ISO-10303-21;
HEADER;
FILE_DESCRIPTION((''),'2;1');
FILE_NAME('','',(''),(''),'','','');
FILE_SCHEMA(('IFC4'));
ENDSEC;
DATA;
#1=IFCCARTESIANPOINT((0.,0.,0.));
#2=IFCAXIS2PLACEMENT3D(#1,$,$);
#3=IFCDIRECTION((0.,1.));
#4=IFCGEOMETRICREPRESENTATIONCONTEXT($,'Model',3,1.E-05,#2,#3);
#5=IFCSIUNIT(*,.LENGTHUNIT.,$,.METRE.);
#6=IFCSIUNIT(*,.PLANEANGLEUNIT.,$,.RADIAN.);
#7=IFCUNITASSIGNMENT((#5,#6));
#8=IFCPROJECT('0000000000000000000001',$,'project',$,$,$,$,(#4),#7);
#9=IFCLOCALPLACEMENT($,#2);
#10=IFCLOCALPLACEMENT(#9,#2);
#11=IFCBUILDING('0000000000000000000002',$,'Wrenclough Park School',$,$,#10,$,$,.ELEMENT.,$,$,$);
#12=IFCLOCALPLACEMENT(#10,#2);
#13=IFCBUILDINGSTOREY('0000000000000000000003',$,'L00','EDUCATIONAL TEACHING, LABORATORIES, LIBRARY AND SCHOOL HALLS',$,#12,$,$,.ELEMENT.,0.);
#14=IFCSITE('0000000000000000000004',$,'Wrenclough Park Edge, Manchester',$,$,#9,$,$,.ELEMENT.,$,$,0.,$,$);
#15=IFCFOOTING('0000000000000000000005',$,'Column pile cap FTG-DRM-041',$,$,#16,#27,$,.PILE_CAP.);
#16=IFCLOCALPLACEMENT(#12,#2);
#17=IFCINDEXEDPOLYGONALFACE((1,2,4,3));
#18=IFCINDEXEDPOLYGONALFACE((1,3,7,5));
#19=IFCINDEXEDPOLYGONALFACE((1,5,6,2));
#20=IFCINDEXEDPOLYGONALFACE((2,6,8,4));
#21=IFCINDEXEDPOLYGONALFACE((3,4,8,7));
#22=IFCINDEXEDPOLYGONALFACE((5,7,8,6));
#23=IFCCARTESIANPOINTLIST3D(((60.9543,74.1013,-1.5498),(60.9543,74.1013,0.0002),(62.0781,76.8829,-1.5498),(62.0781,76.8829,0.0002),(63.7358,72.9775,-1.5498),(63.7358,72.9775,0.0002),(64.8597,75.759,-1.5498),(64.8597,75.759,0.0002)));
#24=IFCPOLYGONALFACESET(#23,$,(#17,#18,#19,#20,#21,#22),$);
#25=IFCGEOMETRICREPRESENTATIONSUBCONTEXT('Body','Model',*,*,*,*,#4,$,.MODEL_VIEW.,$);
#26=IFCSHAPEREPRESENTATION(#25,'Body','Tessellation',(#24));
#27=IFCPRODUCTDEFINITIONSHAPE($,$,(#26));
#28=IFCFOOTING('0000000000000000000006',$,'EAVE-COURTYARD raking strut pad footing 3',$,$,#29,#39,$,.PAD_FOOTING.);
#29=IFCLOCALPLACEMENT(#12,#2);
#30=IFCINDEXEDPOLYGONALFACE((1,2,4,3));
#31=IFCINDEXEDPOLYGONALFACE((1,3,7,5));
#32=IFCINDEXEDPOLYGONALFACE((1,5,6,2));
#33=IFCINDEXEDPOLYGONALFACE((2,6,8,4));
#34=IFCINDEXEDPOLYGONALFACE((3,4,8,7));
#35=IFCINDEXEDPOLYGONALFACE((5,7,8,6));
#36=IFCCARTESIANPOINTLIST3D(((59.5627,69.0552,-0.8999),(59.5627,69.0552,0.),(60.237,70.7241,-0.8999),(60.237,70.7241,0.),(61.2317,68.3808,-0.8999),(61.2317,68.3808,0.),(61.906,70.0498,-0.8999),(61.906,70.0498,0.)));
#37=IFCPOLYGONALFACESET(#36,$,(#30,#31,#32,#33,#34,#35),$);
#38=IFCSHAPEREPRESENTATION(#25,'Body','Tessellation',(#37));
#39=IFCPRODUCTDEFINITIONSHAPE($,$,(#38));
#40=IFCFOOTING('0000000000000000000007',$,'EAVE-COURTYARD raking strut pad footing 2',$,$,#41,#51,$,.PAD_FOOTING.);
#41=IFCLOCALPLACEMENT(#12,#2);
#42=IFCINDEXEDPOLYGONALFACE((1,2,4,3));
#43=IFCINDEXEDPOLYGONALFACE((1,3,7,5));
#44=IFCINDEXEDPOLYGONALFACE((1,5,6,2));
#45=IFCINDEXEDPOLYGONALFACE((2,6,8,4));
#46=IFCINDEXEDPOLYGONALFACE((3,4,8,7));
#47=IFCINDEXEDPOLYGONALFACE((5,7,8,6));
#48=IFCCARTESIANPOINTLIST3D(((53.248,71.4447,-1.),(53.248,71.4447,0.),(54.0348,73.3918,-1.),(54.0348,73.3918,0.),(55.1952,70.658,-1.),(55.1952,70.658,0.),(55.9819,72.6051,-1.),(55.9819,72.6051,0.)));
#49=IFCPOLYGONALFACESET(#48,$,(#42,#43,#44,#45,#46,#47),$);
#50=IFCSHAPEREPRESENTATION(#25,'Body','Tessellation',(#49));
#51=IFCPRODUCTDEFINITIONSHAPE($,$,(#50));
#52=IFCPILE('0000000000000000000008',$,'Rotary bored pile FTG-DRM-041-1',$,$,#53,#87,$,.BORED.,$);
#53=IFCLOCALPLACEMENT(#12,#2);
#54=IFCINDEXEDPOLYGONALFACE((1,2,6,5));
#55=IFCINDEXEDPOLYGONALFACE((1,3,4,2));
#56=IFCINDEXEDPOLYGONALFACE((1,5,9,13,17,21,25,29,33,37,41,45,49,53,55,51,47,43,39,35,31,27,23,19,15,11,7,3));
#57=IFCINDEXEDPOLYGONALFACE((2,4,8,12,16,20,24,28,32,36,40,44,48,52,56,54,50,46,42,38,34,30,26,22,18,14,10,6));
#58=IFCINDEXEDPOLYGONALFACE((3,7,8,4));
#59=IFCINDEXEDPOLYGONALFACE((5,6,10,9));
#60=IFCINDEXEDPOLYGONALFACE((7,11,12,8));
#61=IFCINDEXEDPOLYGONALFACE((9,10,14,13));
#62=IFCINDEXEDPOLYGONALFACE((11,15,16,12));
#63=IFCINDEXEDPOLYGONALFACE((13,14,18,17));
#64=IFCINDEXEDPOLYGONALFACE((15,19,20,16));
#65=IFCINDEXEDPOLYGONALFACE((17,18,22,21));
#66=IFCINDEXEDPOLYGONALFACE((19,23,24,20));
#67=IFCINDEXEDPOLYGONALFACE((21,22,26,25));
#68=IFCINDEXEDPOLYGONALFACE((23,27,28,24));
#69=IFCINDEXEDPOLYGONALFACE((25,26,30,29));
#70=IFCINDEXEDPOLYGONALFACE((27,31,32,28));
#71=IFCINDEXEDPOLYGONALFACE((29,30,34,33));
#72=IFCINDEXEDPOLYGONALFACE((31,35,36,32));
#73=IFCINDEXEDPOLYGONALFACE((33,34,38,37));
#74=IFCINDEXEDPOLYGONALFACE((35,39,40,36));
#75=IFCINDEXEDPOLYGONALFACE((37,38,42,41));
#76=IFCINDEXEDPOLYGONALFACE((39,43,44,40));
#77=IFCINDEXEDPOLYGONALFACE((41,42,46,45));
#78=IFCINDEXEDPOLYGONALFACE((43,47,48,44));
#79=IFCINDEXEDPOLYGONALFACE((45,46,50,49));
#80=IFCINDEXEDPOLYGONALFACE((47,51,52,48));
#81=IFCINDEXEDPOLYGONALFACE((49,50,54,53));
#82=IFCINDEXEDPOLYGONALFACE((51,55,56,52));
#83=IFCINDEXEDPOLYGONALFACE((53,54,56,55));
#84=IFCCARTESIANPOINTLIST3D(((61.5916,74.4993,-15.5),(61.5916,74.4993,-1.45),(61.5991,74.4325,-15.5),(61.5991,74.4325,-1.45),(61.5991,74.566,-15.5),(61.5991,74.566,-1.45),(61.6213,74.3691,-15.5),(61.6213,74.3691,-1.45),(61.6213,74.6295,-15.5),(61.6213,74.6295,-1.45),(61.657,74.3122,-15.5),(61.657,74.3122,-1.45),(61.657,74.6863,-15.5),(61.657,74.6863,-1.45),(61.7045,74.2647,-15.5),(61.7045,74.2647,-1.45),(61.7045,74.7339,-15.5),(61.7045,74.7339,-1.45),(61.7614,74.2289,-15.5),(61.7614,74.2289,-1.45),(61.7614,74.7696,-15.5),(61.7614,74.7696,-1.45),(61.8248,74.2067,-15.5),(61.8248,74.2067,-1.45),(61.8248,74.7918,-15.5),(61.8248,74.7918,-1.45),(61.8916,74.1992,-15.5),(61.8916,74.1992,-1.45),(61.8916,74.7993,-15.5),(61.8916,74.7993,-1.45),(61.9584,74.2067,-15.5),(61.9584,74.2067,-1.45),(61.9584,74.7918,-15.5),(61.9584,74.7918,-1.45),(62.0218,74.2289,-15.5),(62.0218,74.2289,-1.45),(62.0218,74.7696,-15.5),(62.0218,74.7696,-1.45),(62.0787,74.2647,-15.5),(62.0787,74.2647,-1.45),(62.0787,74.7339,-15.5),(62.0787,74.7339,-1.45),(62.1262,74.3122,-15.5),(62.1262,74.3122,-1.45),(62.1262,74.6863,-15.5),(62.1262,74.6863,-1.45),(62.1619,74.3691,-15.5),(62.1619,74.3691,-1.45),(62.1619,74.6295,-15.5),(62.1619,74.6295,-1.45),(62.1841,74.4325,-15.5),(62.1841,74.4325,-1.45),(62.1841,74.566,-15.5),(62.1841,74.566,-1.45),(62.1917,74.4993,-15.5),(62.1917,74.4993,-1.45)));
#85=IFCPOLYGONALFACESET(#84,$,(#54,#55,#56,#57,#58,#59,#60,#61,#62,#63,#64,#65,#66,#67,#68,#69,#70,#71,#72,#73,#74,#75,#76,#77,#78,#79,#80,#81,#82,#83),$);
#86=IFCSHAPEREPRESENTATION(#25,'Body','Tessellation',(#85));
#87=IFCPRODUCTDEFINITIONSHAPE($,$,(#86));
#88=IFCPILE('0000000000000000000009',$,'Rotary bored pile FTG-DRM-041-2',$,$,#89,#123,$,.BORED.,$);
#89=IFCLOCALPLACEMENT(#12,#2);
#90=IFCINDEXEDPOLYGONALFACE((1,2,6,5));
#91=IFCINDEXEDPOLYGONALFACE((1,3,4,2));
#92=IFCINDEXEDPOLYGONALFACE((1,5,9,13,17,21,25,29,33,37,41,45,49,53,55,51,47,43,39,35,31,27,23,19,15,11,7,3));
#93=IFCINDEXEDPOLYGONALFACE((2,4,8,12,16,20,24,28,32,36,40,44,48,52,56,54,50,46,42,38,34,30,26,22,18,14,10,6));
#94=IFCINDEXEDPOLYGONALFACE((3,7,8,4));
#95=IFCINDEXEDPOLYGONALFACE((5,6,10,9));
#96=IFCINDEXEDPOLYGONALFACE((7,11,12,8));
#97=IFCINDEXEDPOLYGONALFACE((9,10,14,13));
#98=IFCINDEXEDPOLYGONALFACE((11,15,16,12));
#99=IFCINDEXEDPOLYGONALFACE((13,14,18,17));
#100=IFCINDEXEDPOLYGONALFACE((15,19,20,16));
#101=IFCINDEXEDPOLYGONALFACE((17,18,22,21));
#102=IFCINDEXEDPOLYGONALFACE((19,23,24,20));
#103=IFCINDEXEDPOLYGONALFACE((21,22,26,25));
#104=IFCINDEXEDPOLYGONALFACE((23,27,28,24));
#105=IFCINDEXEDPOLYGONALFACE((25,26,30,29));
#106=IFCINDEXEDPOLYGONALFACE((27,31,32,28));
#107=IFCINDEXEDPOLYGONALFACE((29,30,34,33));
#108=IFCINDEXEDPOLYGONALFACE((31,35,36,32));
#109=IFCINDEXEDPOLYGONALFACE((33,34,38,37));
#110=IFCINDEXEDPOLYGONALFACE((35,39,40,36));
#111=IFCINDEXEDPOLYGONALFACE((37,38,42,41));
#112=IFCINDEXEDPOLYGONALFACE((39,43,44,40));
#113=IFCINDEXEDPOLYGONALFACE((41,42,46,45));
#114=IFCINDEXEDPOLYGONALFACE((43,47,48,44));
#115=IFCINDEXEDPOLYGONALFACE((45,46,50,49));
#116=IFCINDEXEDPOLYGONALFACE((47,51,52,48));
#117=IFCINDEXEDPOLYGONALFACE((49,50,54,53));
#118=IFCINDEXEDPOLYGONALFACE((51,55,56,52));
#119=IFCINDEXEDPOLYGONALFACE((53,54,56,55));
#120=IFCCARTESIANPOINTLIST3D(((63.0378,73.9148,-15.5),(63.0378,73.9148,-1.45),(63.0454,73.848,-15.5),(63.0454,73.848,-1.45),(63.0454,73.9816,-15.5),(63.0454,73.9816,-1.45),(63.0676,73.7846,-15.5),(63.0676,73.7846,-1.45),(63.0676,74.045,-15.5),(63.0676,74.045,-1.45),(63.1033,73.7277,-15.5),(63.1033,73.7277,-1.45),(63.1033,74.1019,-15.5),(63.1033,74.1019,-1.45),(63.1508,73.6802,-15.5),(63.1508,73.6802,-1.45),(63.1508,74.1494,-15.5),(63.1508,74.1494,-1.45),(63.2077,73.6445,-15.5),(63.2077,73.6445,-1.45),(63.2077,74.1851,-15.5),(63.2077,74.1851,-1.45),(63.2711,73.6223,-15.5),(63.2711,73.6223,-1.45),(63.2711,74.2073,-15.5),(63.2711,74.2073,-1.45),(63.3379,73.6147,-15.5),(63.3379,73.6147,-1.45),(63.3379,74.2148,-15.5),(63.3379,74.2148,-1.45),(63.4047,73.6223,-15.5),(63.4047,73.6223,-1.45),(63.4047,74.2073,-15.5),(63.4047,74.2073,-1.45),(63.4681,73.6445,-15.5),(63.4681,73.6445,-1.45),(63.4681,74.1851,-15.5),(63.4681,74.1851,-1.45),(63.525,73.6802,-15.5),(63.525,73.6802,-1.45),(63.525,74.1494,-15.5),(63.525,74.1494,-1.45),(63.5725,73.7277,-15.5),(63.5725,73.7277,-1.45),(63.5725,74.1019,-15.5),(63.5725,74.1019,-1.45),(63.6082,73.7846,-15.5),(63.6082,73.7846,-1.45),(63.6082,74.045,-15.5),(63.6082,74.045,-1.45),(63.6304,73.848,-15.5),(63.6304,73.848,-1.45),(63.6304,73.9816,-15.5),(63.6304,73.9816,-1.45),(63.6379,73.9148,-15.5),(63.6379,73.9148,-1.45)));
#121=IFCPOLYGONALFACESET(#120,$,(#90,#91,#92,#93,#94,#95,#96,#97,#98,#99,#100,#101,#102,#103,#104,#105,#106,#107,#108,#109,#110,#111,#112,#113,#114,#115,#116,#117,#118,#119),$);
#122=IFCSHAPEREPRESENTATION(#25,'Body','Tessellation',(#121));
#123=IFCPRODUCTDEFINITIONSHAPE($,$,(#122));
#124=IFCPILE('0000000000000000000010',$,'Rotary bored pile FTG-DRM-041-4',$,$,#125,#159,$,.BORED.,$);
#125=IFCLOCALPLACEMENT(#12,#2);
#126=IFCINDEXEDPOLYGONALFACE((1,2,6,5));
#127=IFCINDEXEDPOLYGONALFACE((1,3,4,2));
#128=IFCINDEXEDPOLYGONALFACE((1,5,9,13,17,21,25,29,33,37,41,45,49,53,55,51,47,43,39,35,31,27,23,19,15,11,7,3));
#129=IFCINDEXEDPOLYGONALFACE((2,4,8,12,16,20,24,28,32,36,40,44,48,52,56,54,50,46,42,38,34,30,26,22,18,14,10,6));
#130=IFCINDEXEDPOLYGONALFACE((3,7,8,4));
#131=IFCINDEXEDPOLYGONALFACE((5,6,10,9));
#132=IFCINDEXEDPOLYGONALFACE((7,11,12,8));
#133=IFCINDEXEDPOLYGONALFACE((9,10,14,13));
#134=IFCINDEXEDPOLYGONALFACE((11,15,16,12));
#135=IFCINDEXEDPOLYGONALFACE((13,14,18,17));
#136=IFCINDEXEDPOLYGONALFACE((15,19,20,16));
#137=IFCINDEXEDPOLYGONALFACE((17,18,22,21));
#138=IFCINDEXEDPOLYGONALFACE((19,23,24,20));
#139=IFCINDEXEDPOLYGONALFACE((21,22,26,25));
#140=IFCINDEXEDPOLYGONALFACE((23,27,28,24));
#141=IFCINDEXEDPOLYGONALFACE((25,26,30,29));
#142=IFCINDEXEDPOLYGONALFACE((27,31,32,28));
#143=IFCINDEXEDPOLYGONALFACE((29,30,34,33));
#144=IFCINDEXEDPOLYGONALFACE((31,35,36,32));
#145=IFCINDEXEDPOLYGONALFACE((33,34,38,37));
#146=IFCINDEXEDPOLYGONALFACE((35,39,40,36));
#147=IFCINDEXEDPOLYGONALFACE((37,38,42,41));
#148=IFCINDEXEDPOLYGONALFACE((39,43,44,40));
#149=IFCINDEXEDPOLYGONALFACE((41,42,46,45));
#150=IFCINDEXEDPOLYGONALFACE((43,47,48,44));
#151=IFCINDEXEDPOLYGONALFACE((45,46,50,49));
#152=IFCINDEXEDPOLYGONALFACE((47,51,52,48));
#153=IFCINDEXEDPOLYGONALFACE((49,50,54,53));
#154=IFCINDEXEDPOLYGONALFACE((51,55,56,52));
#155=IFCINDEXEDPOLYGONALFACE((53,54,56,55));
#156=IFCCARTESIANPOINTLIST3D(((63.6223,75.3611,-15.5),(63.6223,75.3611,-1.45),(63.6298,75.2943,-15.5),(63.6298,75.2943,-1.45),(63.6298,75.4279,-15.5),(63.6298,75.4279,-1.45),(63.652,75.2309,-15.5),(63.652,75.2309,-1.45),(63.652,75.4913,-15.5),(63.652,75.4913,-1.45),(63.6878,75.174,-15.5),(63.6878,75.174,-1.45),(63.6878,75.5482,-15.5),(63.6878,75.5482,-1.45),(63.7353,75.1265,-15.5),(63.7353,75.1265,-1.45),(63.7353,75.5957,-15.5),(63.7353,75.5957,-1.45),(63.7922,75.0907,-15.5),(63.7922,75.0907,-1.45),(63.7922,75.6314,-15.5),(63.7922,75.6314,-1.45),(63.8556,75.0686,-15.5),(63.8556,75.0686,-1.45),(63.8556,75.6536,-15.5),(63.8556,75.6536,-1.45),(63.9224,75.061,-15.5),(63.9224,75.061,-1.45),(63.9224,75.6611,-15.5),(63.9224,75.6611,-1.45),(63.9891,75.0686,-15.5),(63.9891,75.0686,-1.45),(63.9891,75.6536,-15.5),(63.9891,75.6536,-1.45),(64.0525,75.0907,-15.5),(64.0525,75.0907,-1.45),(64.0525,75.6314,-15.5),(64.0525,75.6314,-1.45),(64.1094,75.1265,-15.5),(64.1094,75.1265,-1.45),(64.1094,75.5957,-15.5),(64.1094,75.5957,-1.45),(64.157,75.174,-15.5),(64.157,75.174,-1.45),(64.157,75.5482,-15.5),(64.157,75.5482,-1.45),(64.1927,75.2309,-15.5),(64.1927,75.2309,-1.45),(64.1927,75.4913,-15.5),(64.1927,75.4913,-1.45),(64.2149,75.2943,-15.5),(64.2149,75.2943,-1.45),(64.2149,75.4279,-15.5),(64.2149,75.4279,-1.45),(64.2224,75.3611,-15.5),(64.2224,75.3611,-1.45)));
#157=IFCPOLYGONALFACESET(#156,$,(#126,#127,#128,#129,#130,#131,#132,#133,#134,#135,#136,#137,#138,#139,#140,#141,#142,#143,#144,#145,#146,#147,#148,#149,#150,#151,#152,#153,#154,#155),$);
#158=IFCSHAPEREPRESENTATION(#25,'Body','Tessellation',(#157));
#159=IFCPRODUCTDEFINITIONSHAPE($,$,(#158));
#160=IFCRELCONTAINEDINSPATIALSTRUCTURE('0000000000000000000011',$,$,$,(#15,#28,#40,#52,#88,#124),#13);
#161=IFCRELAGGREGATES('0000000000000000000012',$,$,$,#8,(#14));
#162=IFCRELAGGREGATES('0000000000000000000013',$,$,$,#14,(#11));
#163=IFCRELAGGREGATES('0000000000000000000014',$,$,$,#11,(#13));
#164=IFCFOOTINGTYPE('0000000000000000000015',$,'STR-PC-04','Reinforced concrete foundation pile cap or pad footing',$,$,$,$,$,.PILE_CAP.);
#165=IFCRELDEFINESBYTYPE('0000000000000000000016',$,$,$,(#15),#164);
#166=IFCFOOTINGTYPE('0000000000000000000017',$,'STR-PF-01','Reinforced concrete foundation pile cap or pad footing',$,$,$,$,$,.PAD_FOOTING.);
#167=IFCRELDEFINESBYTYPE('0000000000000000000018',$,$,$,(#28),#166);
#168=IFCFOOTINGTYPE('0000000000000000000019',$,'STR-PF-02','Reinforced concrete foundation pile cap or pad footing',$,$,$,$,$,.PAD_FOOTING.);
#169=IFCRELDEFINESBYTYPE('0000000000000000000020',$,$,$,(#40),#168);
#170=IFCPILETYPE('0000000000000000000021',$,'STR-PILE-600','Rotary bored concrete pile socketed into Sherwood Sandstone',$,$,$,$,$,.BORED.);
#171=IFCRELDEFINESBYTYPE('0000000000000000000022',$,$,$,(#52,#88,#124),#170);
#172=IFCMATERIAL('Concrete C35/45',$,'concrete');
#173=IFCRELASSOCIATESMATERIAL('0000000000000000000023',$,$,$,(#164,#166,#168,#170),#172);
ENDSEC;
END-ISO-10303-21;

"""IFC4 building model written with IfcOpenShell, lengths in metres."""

from ifc_helpers import new_model, si_unit, direction, frame, origin, origin_2d, place, context, subcontext, project, spatial, rectangle, circle, extrude, material, material_profile, profile_set, type_object, element, save


model = new_model("IFC4")

# Units and contexts
model_context = context("Model", 3, precision=1e-05, world=origin(), true_north=direction((0.0, 1.0)))
body_context = subcontext(model_context, "Body", "Model", "MODEL_VIEW")
ifc_project = project(units=[si_unit("LENGTHUNIT", "METRE"), si_unit("PLANEANGLEUNIT", "RADIAN")], contexts=[model_context])

# Site, building, storey
site_placement = place(None, origin())
site = spatial("IfcSite", under=ifc_project, at=site_placement, Name="Wrenclough Park Edge, Manchester", CompositionType="ELEMENT", RefElevation=0.0)
building_placement = place(site_placement, origin())
building = spatial("IfcBuilding", under=site, at=building_placement, Name="Wrenclough Park School", CompositionType="ELEMENT")
storey_placement = place(building_placement, origin())
storey = spatial("IfcBuildingStorey", under=building, at=storey_placement, Name="L00", Description="EDUCATIONAL TEACHING, LABORATORIES, LIBRARY AND SCHOOL HALLS", CompositionType="ELEMENT", Elevation=0.0)

# Footings
ifc_material_1 = material(Name="Concrete C35/45", Category="concrete")
footing_type_1 = type_object("IfcFootingType", Name="STR-PC-04", Description="Reinforced concrete foundation pile cap or pad footing", PredefinedType="PILE_CAP", material=ifc_material_1)
footing_1_placement = place(storey_placement, frame((62.907, 74.9302, -1.5498), z_axis=(0.0, 0.0, 1.0), x_axis=(0.927184, -0.374607, 0.0)))
element("IfcFooting", 1, at=footing_1_placement, inside=storey, type_object=footing_type_1, Name="Column pile cap FTG-DRM-041", PredefinedType="PILE_CAP", context=body_context, shape_type="SweptSolid", body=[
    extrude(rectangle(XDim=3.0, YDim=3.0, at=origin_2d()), origin(), (0.0, 0.0, 1.0), 1.55),
])
footing_type_2 = type_object("IfcFootingType", Name="STR-PF-01", Description="Reinforced concrete foundation pile cap or pad footing", PredefinedType="PAD_FOOTING", material=ifc_material_1)
footing_2_placement = place(storey_placement, frame((60.7344, 69.5525, -0.8999), z_axis=(0.0, 0.0, 1.0), x_axis=(0.927184, -0.374607, 0.0)))
element("IfcFooting", 2, at=footing_2_placement, inside=storey, type_object=footing_type_2, Name="EAVE-COURTYARD raking strut pad footing 3", PredefinedType="PAD_FOOTING", context=body_context, shape_type="SweptSolid", body=[
    extrude(rectangle(XDim=1.8, YDim=1.8, at=origin_2d()), origin(), (0.0, 0.0, 1.0), 0.8999),
])
footing_type_3 = type_object("IfcFootingType", Name="STR-PF-02", Description="Reinforced concrete foundation pile cap or pad footing", PredefinedType="PAD_FOOTING", material=ifc_material_1)
footing_3_placement = place(storey_placement, frame((54.615, 72.0249, -1.0), z_axis=(0.0, 0.0, 1.0), x_axis=(0.927184, -0.374607, 0.0)))
element("IfcFooting", 3, at=footing_3_placement, inside=storey, type_object=footing_type_3, Name="EAVE-COURTYARD raking strut pad footing 2", PredefinedType="PAD_FOOTING", context=body_context, shape_type="SweptSolid", body=[
    extrude(rectangle(XDim=2.1001, YDim=2.1001, at=origin_2d()), origin(), (0.0, 0.0, 1.0), 1.0),
])

# Piles
ifc_material_profile_1 = material_profile(ifc_material_1, circle(Radius=0.3, at=origin_2d()), Name="BORED PILE D600")
ifc_profile_set_1 = profile_set([ifc_material_profile_1], Name="Concrete C35/45")
pile_type = type_object("IfcPileType", Name="STR-PILE-600", Description="Rotary bored concrete pile socketed into Sherwood Sandstone", PredefinedType="BORED", material=ifc_profile_set_1)
for number, where, z_axis, x_axis, name in (
    (4, (61.8916, 74.4993, -1.45), (0.0, 0.0, -1.0), (1.0, 0.0, 0.0), "Rotary bored pile FTG-DRM-041-1"),
    (5, (63.3379, 73.9148, -1.45), (0.0, 0.0, -1.0), (1.0, 0.0, 0.0), "Rotary bored pile FTG-DRM-041-2"),
    (6, (63.9224, 75.3611, -1.45), (0.0, 0.0, -1.0), (1.0, 0.0, 0.0), "Rotary bored pile FTG-DRM-041-4"),
):
    element("IfcPile", number, at=place(storey_placement, frame(where, z_axis=z_axis, x_axis=x_axis)), inside=storey, type_object=pile_type, Name=name, PredefinedType="BORED", context=body_context, shape_type="SweptSolid", body=[
        extrude(circle(Radius=0.3, at=origin_2d()), origin(), (0.0, 0.0, 1.0), 14.05),
    ])

save(model, "model.ifc")
